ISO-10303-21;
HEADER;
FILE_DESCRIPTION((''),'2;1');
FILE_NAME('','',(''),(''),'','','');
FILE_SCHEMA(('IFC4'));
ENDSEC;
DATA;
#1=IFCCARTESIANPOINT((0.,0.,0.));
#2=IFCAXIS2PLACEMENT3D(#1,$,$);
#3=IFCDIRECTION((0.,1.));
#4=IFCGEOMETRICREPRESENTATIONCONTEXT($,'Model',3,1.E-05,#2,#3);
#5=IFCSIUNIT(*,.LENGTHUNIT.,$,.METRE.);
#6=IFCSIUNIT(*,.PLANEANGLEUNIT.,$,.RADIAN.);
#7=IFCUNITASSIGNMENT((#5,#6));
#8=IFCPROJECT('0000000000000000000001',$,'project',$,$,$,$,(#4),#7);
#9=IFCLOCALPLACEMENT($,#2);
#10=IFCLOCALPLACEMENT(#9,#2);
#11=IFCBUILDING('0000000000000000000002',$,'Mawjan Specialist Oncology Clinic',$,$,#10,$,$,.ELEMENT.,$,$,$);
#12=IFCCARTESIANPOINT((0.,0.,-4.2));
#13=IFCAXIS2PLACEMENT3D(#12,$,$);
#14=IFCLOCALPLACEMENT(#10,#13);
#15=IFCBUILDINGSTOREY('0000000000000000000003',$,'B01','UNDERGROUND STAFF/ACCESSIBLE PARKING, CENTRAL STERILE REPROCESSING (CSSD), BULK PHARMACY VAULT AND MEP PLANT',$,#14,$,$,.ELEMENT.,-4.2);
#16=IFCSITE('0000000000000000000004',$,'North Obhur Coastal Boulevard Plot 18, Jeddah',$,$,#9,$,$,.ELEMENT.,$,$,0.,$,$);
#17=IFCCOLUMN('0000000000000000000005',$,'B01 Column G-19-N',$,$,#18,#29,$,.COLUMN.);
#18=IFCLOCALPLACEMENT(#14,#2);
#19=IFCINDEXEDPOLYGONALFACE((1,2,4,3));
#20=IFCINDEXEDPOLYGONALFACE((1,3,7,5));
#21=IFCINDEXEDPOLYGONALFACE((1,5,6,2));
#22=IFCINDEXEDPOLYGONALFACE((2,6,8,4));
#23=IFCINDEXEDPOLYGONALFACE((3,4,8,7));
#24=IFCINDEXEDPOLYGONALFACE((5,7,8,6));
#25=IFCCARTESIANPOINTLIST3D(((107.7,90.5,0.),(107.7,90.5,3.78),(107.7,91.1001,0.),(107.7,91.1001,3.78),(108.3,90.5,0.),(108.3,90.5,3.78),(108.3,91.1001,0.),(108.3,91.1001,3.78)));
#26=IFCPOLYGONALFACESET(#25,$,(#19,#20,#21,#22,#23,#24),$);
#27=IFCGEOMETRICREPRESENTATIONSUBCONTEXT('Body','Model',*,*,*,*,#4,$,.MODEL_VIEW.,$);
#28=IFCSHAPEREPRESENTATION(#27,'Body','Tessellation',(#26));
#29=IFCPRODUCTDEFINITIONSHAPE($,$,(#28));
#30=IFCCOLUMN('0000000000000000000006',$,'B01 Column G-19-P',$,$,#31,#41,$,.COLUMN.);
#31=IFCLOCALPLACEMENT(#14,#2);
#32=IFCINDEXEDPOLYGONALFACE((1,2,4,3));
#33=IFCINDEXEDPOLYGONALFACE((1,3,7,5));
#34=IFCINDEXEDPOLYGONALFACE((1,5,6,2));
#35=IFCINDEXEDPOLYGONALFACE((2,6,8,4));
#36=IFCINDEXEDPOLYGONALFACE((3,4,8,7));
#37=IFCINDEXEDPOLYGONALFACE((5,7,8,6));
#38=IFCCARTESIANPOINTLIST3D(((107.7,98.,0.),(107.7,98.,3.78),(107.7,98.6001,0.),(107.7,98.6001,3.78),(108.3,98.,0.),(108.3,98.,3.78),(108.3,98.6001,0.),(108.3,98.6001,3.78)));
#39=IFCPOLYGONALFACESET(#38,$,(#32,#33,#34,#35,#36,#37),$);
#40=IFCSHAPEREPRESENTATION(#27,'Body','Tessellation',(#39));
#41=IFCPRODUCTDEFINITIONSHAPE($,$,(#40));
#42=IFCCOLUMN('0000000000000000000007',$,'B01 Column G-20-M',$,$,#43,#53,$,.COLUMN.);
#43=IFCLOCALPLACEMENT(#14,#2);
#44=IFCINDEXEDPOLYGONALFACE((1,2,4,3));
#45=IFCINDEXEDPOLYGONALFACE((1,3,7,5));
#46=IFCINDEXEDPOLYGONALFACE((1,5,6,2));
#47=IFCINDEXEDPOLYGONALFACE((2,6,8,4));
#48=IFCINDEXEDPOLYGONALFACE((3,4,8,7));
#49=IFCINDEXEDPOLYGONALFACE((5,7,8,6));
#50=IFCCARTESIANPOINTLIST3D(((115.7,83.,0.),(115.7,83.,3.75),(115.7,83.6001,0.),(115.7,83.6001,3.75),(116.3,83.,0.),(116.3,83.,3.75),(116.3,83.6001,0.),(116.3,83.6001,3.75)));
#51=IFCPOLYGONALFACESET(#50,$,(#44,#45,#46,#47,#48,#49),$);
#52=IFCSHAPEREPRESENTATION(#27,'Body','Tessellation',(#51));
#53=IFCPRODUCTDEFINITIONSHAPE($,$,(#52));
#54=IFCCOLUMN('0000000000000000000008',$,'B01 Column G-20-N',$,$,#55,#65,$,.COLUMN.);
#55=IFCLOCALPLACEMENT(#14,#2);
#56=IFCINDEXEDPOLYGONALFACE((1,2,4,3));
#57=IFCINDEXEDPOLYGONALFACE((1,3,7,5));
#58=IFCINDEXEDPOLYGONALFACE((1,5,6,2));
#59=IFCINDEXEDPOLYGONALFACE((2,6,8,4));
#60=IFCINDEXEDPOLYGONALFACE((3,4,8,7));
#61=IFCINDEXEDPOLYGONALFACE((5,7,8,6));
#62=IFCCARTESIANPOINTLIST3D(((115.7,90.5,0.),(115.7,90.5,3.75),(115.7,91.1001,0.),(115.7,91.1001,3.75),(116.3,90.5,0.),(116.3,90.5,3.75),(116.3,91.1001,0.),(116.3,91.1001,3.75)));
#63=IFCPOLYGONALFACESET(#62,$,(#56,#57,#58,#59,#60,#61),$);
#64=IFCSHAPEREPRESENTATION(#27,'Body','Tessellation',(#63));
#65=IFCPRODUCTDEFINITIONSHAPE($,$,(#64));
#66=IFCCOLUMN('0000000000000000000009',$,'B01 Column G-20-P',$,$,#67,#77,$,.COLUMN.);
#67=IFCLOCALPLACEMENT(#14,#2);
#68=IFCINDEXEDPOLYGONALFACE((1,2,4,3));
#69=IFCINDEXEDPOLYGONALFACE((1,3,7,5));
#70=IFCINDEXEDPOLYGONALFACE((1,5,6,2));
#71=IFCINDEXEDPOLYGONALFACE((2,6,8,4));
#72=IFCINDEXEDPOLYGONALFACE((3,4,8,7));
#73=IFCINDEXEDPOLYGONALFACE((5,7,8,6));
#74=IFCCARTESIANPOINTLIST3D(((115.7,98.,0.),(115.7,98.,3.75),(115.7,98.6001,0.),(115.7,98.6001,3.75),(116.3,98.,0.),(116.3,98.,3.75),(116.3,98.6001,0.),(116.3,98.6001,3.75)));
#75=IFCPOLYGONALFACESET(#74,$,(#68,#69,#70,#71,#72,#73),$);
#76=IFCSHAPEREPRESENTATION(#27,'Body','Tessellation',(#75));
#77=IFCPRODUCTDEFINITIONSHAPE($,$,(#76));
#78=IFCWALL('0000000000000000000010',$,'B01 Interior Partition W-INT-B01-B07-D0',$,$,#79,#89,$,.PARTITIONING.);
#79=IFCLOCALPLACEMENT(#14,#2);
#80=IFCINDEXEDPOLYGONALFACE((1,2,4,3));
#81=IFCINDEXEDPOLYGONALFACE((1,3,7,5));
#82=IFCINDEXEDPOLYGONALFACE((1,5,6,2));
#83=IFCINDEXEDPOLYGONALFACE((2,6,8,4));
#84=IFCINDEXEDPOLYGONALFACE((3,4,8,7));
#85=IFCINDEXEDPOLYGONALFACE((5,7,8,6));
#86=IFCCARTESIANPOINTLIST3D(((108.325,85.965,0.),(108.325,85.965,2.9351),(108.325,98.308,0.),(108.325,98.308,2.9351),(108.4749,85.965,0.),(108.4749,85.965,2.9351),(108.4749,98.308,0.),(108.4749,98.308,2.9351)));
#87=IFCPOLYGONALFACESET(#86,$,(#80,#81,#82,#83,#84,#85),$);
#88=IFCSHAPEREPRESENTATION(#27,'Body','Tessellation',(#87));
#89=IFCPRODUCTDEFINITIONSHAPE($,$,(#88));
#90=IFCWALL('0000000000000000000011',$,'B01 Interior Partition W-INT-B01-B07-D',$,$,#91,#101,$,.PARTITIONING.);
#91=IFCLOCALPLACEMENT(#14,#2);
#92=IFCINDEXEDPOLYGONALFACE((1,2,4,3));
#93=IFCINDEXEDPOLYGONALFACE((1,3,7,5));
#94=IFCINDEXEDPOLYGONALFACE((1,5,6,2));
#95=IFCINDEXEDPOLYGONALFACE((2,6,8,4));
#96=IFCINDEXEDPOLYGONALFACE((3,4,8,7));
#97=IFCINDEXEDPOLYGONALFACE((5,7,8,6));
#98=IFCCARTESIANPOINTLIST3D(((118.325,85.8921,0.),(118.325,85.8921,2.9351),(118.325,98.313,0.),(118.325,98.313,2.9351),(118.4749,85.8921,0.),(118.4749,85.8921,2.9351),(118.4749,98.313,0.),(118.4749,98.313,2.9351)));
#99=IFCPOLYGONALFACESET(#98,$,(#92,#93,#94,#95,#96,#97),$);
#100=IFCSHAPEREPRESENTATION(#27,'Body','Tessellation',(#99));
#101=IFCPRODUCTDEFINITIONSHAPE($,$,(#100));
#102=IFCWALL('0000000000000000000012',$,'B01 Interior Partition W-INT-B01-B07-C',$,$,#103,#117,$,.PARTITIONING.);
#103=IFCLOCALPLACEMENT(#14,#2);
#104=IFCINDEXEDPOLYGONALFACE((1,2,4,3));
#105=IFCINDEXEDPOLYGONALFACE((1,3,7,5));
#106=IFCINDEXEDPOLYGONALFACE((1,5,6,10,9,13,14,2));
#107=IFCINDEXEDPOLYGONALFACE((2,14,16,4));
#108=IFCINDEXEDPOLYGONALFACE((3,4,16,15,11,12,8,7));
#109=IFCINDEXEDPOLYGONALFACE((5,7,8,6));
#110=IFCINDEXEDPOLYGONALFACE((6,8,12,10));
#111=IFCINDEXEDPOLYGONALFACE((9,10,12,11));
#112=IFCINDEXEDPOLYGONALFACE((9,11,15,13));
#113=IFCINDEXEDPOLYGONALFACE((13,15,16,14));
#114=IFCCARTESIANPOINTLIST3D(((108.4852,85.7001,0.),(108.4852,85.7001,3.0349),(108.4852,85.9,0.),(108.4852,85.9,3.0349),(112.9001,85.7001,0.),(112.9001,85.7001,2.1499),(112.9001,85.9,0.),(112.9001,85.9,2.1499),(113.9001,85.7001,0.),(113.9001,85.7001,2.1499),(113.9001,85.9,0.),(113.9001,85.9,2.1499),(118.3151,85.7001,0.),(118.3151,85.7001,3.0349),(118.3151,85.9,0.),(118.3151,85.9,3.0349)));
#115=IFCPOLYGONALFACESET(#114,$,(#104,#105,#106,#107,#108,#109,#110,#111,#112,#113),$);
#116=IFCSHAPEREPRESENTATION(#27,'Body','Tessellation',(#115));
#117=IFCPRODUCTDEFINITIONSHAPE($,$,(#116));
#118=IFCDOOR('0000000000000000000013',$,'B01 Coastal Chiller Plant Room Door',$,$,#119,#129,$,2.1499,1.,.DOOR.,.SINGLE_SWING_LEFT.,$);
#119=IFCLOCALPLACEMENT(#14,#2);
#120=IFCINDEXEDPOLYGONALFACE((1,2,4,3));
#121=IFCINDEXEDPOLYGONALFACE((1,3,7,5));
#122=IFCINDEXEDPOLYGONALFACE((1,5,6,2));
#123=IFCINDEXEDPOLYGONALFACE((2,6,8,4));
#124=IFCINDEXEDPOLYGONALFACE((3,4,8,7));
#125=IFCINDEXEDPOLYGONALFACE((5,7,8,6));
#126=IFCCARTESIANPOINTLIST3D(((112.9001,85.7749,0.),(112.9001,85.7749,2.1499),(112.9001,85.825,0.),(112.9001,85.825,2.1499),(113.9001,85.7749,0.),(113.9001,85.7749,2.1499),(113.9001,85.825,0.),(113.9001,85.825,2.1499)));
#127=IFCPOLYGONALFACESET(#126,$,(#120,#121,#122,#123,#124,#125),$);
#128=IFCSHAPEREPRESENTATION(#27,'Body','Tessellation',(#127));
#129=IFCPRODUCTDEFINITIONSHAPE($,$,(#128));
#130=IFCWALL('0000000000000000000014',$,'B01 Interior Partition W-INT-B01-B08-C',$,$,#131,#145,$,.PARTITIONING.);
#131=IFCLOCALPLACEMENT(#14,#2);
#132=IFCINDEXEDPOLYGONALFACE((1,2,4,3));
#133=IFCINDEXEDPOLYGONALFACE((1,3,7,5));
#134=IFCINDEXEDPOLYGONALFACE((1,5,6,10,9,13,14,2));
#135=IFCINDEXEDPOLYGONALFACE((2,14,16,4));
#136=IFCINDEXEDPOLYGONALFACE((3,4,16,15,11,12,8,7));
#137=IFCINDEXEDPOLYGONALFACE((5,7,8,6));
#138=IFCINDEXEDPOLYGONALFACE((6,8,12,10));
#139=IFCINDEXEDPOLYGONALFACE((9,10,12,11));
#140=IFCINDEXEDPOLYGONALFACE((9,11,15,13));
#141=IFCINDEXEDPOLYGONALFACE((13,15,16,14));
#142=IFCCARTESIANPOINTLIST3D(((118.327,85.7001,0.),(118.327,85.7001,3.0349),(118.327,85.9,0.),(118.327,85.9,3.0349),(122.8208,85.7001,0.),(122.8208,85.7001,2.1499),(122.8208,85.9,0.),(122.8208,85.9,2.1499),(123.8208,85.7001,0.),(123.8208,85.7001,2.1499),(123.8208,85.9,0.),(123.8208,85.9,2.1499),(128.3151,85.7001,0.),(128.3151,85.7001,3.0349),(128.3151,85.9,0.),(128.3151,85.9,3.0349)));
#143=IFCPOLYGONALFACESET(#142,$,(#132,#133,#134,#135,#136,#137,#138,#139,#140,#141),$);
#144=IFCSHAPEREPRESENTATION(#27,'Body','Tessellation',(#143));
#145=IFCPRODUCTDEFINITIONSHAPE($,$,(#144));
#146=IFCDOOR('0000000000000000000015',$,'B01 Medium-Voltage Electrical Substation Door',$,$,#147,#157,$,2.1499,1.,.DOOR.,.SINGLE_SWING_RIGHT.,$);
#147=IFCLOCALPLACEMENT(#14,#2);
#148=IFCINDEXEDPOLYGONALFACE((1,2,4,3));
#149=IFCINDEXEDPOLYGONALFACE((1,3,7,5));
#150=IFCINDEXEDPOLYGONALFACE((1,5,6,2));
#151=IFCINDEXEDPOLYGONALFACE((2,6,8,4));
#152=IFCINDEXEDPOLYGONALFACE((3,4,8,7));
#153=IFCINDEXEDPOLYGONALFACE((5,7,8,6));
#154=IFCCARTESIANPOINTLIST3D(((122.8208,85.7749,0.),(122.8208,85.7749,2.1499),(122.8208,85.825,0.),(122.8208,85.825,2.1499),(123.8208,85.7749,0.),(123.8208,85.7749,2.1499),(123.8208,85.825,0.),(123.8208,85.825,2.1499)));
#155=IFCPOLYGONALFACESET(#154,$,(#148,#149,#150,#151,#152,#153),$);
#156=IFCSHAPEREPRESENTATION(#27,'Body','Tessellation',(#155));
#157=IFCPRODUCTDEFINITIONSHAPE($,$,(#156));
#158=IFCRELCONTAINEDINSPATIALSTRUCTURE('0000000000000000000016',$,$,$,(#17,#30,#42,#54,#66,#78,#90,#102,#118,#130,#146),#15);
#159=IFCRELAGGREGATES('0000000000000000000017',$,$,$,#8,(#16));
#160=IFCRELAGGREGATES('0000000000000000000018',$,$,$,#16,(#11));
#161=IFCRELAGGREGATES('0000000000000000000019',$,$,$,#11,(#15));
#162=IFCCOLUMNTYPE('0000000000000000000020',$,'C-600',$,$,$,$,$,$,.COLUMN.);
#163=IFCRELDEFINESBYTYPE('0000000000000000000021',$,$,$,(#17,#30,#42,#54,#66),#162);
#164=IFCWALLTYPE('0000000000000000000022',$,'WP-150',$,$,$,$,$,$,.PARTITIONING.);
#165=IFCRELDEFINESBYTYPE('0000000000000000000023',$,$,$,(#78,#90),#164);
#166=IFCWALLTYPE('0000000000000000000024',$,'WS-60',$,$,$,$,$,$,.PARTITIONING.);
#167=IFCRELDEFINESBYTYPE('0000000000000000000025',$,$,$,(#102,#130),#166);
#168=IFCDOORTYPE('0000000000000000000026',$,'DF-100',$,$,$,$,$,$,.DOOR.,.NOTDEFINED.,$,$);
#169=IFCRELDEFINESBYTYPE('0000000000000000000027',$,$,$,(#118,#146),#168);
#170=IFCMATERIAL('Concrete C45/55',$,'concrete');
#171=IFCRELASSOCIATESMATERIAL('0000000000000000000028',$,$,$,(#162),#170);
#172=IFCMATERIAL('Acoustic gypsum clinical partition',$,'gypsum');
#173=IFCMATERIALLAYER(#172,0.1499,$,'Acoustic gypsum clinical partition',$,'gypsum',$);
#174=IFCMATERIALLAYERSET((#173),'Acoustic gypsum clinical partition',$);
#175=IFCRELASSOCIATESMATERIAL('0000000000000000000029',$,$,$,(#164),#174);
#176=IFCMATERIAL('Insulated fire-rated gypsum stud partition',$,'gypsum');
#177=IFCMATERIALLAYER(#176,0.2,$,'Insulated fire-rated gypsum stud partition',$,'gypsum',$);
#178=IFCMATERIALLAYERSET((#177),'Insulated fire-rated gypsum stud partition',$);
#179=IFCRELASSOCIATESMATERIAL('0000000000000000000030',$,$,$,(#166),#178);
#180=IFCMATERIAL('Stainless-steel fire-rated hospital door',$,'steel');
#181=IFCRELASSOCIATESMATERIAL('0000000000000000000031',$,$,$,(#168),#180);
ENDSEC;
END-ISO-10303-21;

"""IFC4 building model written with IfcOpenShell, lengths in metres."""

from ifc_helpers import new_model, si_unit, direction, frame, frame_2d, origin, origin_2d, place, context, subcontext, project, spatial, rectangle, extrude, material, layer, layer_set, material_profile, profile_set, type_object, element, fill, save


model = new_model("IFC4")

# Units and contexts
model_context = context("Model", 3, precision=1e-05, world=origin(), true_north=direction((0.0, 1.0)))
body_context = subcontext(model_context, "Body", "Model", "MODEL_VIEW")
ifc_project = project(units=[si_unit("LENGTHUNIT", "METRE"), si_unit("PLANEANGLEUNIT", "RADIAN")], contexts=[model_context])

# Site, building, storey
site_placement = place(None, origin())
site = spatial("IfcSite", under=ifc_project, at=site_placement, Name="North Obhur Coastal Boulevard Plot 18, Jeddah", CompositionType="ELEMENT", RefElevation=0.0)
building_placement = place(site_placement, origin())
building = spatial("IfcBuilding", under=site, at=building_placement, Name="Mawjan Specialist Oncology Clinic", CompositionType="ELEMENT")
storey_placement = place(building_placement, frame((0.0, 0.0, -4.2)))
storey = spatial("IfcBuildingStorey", under=building, at=storey_placement, Name="B01", Description="UNDERGROUND STAFF/ACCESSIBLE PARKING, CENTRAL STERILE REPROCESSING (CSSD), BULK PHARMACY VAULT AND MEP PLANT", CompositionType="ELEMENT", Elevation=-4.2)

# Columns
ifc_material_1 = material(Name="Concrete C45/55", Category="concrete")
ifc_material_profile_1 = material_profile(ifc_material_1, rectangle(XDim=0.6001, YDim=0.6001, at=origin_2d()), Name="RC COL 600x600", Category="concrete")
ifc_profile_set_1 = profile_set([ifc_material_profile_1], Name="Concrete C45/55")
column_type = type_object("IfcColumnType", Name="C-600", PredefinedType="COLUMN", material=ifc_profile_set_1)
for number, where, z_axis, x_axis, name in (
    (1, (108.0, 90.8, 0.0), (0.0, 0.0, 1.0), (1.0, 0.0, 0.0), "B01 Column G-19-N"),
    (2, (108.0, 98.3, 0.0), (0.0, 0.0, 1.0), (1.0, 0.0, 0.0), "B01 Column G-19-P"),
):
    element("IfcColumn", number, at=place(storey_placement, frame(where, z_axis=z_axis, x_axis=x_axis)), inside=storey, type_object=column_type, Name=name, PredefinedType="COLUMN", context=body_context, shape_type="SweptSolid", body=[
        extrude(rectangle(XDim=0.6001, YDim=0.6001, at=origin_2d()), origin(), (0.0, 0.0, 1.0), 3.78),
    ])
for number, where, z_axis, x_axis, name in (
    (3, (116.0, 83.3, 0.0), (0.0, 0.0, 1.0), (1.0, 0.0, 0.0), "B01 Column G-20-M"),
    (4, (116.0, 90.8, 0.0), (0.0, 0.0, 1.0), (1.0, 0.0, 0.0), "B01 Column G-20-N"),
    (5, (116.0, 98.3, 0.0), (0.0, 0.0, 1.0), (1.0, 0.0, 0.0), "B01 Column G-20-P"),
):
    element("IfcColumn", number, at=place(storey_placement, frame(where, z_axis=z_axis, x_axis=x_axis)), inside=storey, type_object=column_type, Name=name, PredefinedType="COLUMN", context=body_context, shape_type="SweptSolid", body=[
        extrude(rectangle(XDim=0.6001, YDim=0.6001, at=origin_2d()), origin(), (0.0, 0.0, 1.0), 3.75),
    ])

# Walls
ifc_material_2 = material(Name="Acoustic gypsum clinical partition", Category="gypsum")
ifc_layer_1 = layer(ifc_material_2, 0.1499, Name="Acoustic gypsum clinical partition", Category="gypsum")
ifc_layer_set_1 = layer_set([ifc_layer_1], Name="Acoustic gypsum clinical partition")
wall_type_1 = type_object("IfcWallType", Name="WP-150", PredefinedType="PARTITIONING", material=ifc_layer_set_1)
wall_1_placement = place(storey_placement, frame((108.3999, 85.9651, 0.0), z_axis=(0.0, 0.0, 1.0), x_axis=(0.0, 1.0, 0.0)))
element("IfcWall", 6, at=wall_1_placement, inside=storey, type_object=wall_type_1, Name="B01 Interior Partition W-INT-B01-B07-D0", PredefinedType="PARTITIONING", context=body_context, shape_type="SweptSolid", body=[
    extrude(rectangle(XDim=12.343, YDim=0.1499, at=frame_2d((6.1714, 0.0))), origin(), (0.0, 0.0, 1.0), 2.9351),
])
wall_2_placement = place(storey_placement, frame((118.3999, 85.8921, 0.0), z_axis=(0.0, 0.0, 1.0), x_axis=(0.0, 1.0, 0.0)))
element("IfcWall", 7, at=wall_2_placement, inside=storey, type_object=wall_type_1, Name="B01 Interior Partition W-INT-B01-B07-D", PredefinedType="PARTITIONING", context=body_context, shape_type="SweptSolid", body=[
    extrude(rectangle(XDim=12.4209, YDim=0.1499, at=frame_2d((6.2104, 0.0))), origin(), (0.0, 0.0, 1.0), 2.9351),
])

# Walls, openings, doors
ifc_material_3 = material(Name="Insulated fire-rated gypsum stud partition", Category="gypsum")
ifc_layer_2 = layer(ifc_material_3, 0.2, Name="Insulated fire-rated gypsum stud partition", Category="gypsum")
ifc_layer_set_2 = layer_set([ifc_layer_2], Name="Insulated fire-rated gypsum stud partition")
wall_type_2 = type_object("IfcWallType", Name="WS-60", PredefinedType="PARTITIONING", material=ifc_layer_set_2)
wall_3_placement = place(storey_placement, frame((108.4851, 85.8, 0.0), z_axis=(0.0, 0.0, 1.0), x_axis=(1.0, 0.0, 0.0)))
wall_3 = element("IfcWall", 8, at=wall_3_placement, inside=storey, type_object=wall_type_2, Name="B01 Interior Partition W-INT-B01-B07-C", PredefinedType="PARTITIONING", context=body_context, shape_type="SweptSolid", body=[
    extrude(rectangle(XDim=9.8298, YDim=0.2, at=frame_2d((4.915, 0.0))), origin(), (0.0, 0.0, 1.0), 3.0349),
])
opening_1_placement = place(wall_3_placement, frame((4.415, 0.0, 0.0)))
opening_1 = element("IfcOpeningElement", 9, at=opening_1_placement, cuts=wall_3, PredefinedType="OPENING", context=body_context, shape_type="SweptSolid", body=[
    extrude(rectangle(XDim=1.0, YDim=2.1499, at=frame_2d((0.5, 1.075))), frame((0.0, 0.1121, 0.0), z_axis=(0.0, -1.0, 0.0), x_axis=(1.0, 0.0, 0.0)), (0.0, 0.0, 1.0), 0.2239),
])
ifc_material_4 = material(Name="Stainless-steel fire-rated hospital door", Category="steel")
door_type = type_object("IfcDoorType", Name="DF-100", OperationType="NOTDEFINED", PredefinedType="DOOR", material=ifc_material_4)
door_1_placement = place(opening_1_placement, origin())
door_1 = element("IfcDoor", 10, at=door_1_placement, inside=storey, type_object=door_type, Name="B01 Coastal Chiller Plant Room Door", OperationType="SINGLE_SWING_LEFT", OverallHeight=2.1499, OverallWidth=1.0, PredefinedType="DOOR", context=body_context, shape_type="SweptSolid", body=[
    extrude(rectangle(XDim=1.0, YDim=2.1499, at=frame_2d((0.5, 1.075))), frame((0.0, 0.0249, 0.0), z_axis=(0.0, -1.0, 0.0), x_axis=(1.0, 0.0, 0.0)), (0.0, 0.0, 1.0), 0.05),
])
fill(opening_1, door_1)
wall_4_placement = place(storey_placement, frame((118.3269, 85.8, 0.0), z_axis=(0.0, 0.0, 1.0), x_axis=(1.0, 0.0, 0.0)))
wall_4 = element("IfcWall", 11, at=wall_4_placement, inside=storey, type_object=wall_type_2, Name="B01 Interior Partition W-INT-B01-B08-C", PredefinedType="PARTITIONING", context=body_context, shape_type="SweptSolid", body=[
    extrude(rectangle(XDim=9.988, YDim=0.2, at=frame_2d((4.9941, 0.0))), origin(), (0.0, 0.0, 1.0), 3.0349),
])
opening_2_placement = place(wall_4_placement, frame((4.4939, 0.0, 0.0)))
opening_2 = element("IfcOpeningElement", 12, at=opening_2_placement, cuts=wall_4, PredefinedType="OPENING", context=body_context, shape_type="SweptSolid", body=[
    extrude(rectangle(XDim=1.0, YDim=2.1499, at=frame_2d((0.5, 1.075))), frame((0.0, 0.1121, 0.0), z_axis=(0.0, -1.0, 0.0), x_axis=(1.0, 0.0, 0.0)), (0.0, 0.0, 1.0), 0.2239),
])
door_2_placement = place(opening_2_placement, origin())
door_2 = element("IfcDoor", 13, at=door_2_placement, inside=storey, type_object=door_type, Name="B01 Medium-Voltage Electrical Substation Door", OperationType="SINGLE_SWING_RIGHT", OverallHeight=2.1499, OverallWidth=1.0, PredefinedType="DOOR", context=body_context, shape_type="SweptSolid", body=[
    extrude(rectangle(XDim=1.0, YDim=2.1499, at=frame_2d((0.5, 1.075))), frame((0.0, 0.0249, 0.0), z_axis=(0.0, -1.0, 0.0), x_axis=(1.0, 0.0, 0.0)), (0.0, 0.0, 1.0), 0.05),
])
fill(opening_2, door_2)

save(model, "model.ifc")
